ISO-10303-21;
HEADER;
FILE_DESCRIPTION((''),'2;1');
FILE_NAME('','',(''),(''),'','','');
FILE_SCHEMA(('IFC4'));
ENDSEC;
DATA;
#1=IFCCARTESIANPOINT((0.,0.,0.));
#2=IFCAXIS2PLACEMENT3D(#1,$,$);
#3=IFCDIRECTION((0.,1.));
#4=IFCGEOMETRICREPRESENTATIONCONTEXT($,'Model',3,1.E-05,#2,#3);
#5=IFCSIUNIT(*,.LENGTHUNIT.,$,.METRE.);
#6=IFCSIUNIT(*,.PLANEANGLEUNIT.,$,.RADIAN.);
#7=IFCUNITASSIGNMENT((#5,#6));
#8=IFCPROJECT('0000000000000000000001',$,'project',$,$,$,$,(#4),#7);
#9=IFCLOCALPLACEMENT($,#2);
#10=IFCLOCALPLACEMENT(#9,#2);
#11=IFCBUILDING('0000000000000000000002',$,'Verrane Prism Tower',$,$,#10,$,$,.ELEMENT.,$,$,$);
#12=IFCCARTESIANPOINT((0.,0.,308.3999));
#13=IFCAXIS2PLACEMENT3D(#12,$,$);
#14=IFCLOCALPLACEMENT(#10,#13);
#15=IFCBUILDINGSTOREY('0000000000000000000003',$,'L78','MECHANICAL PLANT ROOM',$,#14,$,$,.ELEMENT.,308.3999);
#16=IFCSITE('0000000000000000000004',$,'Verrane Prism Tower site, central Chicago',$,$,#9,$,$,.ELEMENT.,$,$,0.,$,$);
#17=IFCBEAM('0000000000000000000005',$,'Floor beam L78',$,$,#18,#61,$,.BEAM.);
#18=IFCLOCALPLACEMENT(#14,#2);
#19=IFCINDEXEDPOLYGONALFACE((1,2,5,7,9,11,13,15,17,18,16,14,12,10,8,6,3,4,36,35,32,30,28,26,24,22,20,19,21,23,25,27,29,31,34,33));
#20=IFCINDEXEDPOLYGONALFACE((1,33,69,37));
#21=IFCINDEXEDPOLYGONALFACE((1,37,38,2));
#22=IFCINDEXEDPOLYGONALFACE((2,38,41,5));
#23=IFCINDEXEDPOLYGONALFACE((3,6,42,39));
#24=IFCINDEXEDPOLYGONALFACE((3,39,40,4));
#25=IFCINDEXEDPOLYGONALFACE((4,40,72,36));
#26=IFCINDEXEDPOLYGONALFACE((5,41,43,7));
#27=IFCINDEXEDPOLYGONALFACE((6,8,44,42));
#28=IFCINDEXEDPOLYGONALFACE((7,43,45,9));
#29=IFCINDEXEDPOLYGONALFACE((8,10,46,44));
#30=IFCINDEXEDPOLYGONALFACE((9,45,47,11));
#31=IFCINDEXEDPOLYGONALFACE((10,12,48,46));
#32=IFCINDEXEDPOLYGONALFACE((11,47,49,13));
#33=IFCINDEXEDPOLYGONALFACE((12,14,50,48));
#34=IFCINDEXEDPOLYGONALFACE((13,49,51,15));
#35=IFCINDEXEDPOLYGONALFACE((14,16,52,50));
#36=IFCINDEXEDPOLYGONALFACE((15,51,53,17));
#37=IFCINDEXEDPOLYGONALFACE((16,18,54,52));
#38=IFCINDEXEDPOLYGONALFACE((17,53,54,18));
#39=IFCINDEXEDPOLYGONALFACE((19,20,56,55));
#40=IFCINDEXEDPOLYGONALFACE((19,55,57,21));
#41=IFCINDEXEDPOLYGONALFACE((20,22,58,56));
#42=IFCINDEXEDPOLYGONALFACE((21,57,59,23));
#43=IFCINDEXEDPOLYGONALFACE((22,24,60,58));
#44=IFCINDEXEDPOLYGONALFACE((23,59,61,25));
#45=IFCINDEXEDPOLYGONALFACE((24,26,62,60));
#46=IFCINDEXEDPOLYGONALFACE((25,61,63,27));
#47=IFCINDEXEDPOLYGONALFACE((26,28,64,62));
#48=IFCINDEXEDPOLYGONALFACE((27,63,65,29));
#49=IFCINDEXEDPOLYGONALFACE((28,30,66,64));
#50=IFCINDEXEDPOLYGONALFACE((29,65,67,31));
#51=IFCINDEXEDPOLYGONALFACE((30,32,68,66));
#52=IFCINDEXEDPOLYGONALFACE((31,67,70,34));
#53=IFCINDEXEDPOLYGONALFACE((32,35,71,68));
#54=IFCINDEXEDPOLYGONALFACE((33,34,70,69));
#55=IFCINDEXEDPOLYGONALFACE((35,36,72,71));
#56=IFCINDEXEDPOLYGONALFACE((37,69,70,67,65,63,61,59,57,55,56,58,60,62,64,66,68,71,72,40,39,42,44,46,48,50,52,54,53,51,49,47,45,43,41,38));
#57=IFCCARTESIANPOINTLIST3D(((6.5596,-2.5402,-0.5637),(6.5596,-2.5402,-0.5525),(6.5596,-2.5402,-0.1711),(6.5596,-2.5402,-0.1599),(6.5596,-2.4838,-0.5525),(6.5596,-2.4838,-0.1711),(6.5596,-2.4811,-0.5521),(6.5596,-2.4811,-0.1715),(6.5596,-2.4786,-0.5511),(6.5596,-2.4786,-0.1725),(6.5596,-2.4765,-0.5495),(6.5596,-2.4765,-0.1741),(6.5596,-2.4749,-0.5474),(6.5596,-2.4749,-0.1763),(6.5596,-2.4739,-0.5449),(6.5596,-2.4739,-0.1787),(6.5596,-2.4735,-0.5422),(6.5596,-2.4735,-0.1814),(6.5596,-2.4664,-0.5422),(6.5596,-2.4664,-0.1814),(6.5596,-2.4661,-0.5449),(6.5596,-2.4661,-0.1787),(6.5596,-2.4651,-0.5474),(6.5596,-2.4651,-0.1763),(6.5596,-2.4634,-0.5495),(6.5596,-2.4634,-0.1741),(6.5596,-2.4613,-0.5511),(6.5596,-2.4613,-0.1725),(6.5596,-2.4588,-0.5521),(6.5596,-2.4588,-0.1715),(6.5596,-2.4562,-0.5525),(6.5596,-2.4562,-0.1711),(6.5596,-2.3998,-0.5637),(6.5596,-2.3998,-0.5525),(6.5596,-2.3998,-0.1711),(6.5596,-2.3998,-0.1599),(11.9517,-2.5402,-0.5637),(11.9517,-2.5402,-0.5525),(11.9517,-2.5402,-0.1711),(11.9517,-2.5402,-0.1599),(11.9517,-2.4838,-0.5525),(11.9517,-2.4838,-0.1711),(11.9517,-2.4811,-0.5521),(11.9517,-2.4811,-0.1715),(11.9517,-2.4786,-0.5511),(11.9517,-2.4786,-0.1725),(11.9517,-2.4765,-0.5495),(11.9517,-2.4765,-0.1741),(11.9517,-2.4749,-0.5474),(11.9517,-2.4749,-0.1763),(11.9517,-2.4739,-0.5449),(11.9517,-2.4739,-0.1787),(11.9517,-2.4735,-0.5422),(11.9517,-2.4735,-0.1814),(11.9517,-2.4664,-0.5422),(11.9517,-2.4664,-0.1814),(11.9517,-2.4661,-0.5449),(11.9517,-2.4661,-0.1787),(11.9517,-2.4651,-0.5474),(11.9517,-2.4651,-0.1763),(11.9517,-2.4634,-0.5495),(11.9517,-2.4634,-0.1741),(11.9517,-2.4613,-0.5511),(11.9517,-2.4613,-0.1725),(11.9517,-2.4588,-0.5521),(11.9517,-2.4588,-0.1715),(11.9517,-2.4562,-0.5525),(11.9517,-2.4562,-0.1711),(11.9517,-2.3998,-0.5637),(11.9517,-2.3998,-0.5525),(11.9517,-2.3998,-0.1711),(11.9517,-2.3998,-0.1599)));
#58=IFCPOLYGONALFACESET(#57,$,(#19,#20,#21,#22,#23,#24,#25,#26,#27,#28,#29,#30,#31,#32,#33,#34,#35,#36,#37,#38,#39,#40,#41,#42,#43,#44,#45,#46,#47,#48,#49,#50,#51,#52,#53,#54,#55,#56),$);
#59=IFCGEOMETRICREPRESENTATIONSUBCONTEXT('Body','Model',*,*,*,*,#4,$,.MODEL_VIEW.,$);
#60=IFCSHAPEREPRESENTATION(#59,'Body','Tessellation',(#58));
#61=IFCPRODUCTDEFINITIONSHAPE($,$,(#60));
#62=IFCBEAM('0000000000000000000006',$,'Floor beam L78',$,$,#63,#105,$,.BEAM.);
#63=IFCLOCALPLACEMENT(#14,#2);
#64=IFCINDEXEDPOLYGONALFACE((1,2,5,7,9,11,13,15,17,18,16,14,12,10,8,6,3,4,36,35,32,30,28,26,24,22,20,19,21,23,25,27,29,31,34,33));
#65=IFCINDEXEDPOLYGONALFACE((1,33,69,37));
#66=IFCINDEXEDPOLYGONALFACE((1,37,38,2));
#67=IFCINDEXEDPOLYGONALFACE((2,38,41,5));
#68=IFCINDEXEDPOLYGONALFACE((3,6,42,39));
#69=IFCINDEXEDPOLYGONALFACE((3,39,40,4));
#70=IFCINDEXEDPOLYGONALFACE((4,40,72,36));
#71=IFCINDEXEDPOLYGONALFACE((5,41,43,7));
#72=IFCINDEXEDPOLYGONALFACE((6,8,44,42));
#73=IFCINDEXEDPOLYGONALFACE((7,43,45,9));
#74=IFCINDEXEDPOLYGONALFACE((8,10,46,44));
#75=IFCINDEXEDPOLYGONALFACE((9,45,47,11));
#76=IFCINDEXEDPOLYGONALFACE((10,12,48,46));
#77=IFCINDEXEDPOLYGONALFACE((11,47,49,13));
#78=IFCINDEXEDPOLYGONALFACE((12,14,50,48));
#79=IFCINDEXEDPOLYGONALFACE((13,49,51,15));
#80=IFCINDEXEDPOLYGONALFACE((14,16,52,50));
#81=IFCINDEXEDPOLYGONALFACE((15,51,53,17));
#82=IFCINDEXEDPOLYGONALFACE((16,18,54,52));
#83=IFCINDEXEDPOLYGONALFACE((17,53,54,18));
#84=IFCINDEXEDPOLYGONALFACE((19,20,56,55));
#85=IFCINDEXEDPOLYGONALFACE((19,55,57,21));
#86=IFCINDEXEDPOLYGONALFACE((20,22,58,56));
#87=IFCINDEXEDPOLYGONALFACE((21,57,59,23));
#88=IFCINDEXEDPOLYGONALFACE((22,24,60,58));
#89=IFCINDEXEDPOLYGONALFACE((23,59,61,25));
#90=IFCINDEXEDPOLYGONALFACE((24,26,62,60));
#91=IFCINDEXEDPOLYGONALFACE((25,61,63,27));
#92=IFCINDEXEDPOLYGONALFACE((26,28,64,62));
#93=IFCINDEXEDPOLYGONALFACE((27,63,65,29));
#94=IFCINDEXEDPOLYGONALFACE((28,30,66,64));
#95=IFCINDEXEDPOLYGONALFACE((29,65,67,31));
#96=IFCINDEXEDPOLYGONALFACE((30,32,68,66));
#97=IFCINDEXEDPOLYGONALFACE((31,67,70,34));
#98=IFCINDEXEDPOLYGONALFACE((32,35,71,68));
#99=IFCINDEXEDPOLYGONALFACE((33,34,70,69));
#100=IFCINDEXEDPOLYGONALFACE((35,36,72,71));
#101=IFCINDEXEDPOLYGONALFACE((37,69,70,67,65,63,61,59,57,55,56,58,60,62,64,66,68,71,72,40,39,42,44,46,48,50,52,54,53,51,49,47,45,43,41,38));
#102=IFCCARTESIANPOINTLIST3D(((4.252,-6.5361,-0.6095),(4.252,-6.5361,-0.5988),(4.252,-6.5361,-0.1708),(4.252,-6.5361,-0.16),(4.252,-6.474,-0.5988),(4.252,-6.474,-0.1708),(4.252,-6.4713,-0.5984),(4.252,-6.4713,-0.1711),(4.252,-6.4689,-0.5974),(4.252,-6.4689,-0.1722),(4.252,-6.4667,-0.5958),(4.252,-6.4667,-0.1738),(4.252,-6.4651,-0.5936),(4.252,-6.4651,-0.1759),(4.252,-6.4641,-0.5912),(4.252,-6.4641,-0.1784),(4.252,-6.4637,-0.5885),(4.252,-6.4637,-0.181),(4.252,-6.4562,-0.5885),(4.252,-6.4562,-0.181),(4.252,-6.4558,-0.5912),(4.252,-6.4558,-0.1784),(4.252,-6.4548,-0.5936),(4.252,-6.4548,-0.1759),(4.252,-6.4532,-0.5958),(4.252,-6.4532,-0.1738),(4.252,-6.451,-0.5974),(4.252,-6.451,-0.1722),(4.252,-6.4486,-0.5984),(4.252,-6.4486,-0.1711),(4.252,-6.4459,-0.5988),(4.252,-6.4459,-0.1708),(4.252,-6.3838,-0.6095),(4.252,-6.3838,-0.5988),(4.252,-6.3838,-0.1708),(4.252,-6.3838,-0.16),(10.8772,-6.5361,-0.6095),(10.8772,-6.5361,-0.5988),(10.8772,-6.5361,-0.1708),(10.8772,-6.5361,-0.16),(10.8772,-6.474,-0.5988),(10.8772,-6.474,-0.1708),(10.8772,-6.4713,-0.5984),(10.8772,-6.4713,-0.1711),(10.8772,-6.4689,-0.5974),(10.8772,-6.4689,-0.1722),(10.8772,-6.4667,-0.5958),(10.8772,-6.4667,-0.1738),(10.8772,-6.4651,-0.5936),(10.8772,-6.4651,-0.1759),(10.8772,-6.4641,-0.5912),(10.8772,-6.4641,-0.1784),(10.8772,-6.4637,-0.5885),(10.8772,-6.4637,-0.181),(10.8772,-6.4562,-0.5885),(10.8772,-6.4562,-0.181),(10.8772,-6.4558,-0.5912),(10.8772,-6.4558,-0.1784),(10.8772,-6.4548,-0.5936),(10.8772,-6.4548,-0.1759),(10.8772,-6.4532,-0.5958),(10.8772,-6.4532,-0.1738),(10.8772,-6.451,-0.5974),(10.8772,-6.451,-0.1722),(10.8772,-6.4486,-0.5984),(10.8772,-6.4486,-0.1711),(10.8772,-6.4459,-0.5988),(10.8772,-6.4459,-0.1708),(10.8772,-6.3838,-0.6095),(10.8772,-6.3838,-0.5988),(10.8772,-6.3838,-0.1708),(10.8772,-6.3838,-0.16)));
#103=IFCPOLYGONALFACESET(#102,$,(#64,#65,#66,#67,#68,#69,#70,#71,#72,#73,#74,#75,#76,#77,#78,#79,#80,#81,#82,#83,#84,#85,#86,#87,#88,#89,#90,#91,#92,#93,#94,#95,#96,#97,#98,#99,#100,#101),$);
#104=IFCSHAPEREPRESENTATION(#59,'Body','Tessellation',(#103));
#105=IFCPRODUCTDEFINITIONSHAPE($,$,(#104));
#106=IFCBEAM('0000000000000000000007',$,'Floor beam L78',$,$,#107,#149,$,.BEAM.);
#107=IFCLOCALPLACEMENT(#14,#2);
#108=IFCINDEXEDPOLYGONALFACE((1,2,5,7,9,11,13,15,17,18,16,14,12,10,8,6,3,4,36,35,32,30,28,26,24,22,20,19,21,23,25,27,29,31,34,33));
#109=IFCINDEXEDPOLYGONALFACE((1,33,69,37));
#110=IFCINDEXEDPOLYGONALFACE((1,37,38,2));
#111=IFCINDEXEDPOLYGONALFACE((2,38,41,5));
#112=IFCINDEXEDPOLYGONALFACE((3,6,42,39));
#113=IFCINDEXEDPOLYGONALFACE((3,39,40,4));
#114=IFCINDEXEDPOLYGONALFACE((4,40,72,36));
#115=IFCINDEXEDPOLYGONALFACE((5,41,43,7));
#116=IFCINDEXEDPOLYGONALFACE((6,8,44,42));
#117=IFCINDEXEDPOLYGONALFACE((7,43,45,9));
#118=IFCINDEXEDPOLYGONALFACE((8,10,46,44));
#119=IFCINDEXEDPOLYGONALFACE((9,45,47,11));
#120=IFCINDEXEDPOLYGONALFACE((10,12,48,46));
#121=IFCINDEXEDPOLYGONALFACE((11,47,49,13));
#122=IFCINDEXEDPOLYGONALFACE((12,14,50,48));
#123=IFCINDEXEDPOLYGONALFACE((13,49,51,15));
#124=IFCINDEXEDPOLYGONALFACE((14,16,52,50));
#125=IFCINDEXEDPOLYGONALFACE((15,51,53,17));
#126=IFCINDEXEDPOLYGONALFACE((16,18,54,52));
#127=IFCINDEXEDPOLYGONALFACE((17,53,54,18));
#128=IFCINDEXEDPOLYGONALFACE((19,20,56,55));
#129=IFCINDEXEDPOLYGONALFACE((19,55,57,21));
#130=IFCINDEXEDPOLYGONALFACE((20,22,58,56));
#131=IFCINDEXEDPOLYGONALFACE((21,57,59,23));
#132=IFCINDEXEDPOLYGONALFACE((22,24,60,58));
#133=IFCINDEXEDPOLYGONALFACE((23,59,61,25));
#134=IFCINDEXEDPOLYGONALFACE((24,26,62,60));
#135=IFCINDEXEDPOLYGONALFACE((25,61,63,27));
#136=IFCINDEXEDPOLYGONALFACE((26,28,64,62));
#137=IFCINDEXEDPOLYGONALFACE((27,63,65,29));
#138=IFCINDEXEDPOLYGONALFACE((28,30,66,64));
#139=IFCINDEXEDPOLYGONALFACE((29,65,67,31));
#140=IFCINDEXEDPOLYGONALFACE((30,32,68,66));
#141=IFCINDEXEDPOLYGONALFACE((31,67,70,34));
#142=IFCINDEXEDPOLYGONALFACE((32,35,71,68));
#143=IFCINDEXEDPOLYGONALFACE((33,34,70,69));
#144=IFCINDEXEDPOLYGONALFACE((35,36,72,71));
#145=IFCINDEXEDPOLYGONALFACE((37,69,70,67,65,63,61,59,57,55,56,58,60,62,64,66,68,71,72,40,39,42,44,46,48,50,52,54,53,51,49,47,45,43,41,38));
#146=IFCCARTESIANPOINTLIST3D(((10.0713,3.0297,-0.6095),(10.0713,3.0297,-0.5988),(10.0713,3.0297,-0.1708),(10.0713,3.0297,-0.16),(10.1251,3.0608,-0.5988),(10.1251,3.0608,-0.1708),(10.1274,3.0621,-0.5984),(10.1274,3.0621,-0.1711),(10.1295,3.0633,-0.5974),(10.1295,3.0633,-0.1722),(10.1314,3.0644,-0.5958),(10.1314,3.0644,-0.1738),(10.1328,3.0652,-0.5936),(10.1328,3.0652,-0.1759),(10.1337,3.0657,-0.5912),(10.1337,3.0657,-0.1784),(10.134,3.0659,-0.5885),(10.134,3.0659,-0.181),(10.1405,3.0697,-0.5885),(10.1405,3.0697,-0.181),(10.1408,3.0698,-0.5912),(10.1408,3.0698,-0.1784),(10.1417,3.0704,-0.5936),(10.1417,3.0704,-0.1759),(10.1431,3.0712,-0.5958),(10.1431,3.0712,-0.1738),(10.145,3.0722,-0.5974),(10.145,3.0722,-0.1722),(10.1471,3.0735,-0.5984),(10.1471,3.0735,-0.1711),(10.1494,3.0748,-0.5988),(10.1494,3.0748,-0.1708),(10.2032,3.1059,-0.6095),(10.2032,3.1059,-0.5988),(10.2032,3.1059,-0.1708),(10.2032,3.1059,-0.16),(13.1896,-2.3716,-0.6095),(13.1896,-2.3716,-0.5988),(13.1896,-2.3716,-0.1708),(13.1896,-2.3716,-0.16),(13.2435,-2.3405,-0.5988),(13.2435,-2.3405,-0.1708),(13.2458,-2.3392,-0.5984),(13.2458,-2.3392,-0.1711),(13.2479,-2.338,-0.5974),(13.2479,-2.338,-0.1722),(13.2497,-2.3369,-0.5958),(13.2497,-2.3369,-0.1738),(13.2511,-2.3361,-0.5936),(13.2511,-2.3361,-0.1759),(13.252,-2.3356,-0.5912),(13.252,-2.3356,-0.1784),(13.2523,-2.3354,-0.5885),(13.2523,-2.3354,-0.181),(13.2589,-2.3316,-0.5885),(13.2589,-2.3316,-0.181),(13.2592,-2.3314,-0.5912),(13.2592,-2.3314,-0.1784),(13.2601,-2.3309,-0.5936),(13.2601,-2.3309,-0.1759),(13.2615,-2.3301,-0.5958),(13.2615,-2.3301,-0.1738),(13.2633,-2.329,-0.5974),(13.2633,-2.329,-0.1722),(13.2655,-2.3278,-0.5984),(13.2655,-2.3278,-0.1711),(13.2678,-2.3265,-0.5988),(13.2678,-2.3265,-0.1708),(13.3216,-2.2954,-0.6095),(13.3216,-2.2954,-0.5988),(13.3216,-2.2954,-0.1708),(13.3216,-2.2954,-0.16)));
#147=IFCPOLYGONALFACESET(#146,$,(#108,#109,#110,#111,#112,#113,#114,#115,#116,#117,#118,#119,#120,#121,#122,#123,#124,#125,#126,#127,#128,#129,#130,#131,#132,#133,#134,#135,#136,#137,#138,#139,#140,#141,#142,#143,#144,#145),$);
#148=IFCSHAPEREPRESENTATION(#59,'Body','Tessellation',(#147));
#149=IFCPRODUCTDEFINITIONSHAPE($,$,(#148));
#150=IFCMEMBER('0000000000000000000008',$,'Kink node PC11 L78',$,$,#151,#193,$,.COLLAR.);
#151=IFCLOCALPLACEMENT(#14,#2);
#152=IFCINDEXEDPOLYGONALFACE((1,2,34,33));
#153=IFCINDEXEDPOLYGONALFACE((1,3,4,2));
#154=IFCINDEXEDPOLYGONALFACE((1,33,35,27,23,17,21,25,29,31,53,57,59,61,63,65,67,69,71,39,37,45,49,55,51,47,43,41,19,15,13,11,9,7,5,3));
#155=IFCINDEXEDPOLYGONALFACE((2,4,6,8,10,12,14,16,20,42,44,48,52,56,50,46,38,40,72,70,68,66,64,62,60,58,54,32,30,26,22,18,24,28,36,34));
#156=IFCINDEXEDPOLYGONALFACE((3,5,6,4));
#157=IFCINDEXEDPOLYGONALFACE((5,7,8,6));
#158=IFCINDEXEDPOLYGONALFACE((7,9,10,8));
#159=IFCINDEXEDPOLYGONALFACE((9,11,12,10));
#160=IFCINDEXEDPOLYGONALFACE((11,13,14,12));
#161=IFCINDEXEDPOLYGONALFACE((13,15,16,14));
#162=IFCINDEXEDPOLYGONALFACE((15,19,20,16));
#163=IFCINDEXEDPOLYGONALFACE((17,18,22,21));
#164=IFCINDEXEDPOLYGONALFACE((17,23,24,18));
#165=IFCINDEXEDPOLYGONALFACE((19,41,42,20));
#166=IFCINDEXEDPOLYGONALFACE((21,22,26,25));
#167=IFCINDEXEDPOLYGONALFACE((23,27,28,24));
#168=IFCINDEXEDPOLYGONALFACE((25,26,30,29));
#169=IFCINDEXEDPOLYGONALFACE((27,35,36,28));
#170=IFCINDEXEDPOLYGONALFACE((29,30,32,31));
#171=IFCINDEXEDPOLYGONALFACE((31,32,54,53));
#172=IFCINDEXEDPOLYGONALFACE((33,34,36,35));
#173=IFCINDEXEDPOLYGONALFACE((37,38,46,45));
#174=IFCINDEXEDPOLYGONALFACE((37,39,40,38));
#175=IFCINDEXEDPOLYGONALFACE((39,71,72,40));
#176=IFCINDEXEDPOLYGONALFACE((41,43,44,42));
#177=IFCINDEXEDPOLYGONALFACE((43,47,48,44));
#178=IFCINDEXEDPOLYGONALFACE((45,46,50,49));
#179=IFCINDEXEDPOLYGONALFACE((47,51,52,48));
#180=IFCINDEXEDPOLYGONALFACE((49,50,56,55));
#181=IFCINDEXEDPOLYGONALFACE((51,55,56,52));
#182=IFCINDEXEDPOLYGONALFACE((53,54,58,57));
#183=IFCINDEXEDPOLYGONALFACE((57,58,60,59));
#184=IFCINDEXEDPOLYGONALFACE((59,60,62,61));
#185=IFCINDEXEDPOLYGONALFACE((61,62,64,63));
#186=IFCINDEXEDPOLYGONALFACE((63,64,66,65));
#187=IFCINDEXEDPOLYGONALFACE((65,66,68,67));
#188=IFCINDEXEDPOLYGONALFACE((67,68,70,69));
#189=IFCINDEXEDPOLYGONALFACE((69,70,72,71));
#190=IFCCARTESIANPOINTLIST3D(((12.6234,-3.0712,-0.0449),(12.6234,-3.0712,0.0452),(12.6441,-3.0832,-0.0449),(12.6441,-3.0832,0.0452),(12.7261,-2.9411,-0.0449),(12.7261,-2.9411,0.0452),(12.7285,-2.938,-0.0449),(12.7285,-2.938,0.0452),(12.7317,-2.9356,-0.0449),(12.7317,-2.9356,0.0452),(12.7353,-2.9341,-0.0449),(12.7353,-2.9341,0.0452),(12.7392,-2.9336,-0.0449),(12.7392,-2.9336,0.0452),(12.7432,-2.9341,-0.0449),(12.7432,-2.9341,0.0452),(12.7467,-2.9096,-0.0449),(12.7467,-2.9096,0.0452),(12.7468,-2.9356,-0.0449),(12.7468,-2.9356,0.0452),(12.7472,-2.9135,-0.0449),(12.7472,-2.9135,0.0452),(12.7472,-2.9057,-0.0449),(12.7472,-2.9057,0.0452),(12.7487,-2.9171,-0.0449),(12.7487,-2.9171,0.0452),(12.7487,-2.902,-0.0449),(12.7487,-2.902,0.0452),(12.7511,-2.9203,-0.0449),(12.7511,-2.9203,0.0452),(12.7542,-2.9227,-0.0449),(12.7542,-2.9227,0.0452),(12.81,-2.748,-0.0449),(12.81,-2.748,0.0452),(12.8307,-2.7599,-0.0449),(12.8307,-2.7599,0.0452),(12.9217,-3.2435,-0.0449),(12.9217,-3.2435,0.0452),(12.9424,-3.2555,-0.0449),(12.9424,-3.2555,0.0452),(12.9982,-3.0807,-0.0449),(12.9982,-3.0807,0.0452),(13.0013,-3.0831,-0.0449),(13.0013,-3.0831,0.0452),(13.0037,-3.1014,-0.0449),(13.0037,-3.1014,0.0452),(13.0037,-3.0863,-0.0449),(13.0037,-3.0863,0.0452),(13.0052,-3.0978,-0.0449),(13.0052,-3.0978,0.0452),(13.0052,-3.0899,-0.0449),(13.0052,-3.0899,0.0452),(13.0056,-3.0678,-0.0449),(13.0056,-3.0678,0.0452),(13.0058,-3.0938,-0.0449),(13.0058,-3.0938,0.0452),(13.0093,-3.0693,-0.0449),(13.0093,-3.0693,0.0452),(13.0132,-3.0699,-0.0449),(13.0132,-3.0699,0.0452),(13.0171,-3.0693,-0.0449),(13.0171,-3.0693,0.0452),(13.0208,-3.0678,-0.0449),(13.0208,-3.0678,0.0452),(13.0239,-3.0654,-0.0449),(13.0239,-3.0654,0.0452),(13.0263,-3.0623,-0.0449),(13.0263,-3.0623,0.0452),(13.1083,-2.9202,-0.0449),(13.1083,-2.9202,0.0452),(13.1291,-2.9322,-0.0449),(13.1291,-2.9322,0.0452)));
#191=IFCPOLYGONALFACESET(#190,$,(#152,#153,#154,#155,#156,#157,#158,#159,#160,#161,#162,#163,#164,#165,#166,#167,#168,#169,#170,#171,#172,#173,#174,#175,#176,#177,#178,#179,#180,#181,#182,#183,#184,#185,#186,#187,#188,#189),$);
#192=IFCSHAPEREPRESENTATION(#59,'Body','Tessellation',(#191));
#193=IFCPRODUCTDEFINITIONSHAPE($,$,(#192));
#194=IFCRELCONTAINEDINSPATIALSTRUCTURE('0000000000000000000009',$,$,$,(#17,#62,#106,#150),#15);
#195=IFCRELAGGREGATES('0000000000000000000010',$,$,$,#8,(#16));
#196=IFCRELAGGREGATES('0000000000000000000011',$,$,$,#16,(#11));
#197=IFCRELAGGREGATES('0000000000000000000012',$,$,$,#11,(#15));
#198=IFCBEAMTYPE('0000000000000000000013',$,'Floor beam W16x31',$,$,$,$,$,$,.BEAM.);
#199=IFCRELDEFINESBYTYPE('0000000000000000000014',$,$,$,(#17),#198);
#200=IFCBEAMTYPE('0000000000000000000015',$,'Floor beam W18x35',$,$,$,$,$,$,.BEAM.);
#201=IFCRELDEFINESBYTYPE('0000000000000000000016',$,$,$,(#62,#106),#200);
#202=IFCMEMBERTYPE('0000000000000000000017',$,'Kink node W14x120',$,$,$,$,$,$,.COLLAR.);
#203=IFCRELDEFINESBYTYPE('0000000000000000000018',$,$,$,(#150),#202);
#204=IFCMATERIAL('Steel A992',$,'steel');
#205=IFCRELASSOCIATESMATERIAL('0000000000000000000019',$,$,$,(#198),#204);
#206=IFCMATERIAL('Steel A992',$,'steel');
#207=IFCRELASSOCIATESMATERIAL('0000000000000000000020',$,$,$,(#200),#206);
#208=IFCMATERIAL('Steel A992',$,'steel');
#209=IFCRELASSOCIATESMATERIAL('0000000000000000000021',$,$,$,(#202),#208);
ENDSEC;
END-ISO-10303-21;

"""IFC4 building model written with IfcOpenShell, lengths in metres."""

from ifc_helpers import new_model, si_unit, direction, frame, origin, origin_2d, place, context, subcontext, project, spatial, i_section, extrude, material, material_profile, profile_set, type_object, element, save


model = new_model("IFC4")

# Units and contexts
model_context = context("Model", 3, precision=1e-05, world=origin(), true_north=direction((0.0, 1.0)))
body_context = subcontext(model_context, "Body", "Model", "MODEL_VIEW")
ifc_project = project(units=[si_unit("LENGTHUNIT", "METRE"), si_unit("PLANEANGLEUNIT", "RADIAN")], contexts=[model_context])

# Site, building, storey
site_placement = place(None, origin())
site = spatial("IfcSite", under=ifc_project, at=site_placement, Name="Verrane Prism Tower site, central Chicago", CompositionType="ELEMENT", RefElevation=0.0)
building_placement = place(site_placement, origin())
building = spatial("IfcBuilding", under=site, at=building_placement, Name="Verrane Prism Tower", CompositionType="ELEMENT")
storey_placement = place(building_placement, frame((0.0, 0.0, 308.3999)))
storey = spatial("IfcBuildingStorey", under=building, at=storey_placement, Name="L78", Description="MECHANICAL PLANT ROOM", CompositionType="ELEMENT", Elevation=308.3999)

# Beams
ifc_material_1 = material(Name="Steel A992", Category="steel")
ifc_material_profile_1 = material_profile(ifc_material_1, i_section(OverallWidth=0.1404, OverallDepth=0.4038, WebThickness=0.0071, FlangeThickness=0.0112, FilletRadius=0.0103, at=origin_2d()), Name="W16x31")
ifc_profile_set_1 = profile_set([ifc_material_profile_1], Name="Steel A992")
beam_type_1 = type_object("IfcBeamType", Name="Floor beam W16x31", PredefinedType="BEAM", material=ifc_profile_set_1)
beam_1_placement = place(storey_placement, frame((6.5596, -2.47, -0.3618), z_axis=(1.0, 0.0, 0.0), x_axis=(0.0, 1.0, 0.0)))
element("IfcBeam", 1, at=beam_1_placement, inside=storey, type_object=beam_type_1, Name="Floor beam L78", PredefinedType="BEAM", context=body_context, shape_type="SweptSolid", body=[
    extrude(i_section(OverallWidth=0.1404, OverallDepth=0.4038, WebThickness=0.0071, FlangeThickness=0.0112, FilletRadius=0.0103, at=origin_2d()), origin(), (0.0, 0.0, 1.0), 5.3921),
])
ifc_material_2 = material(Name="Steel A992", Category="steel")
ifc_material_profile_2 = material_profile(ifc_material_2, i_section(OverallWidth=0.1523, OverallDepth=0.4495, WebThickness=0.0076, FlangeThickness=0.0107, FilletRadius=0.0103, at=origin_2d()), Name="W18x35")
ifc_profile_set_2 = profile_set([ifc_material_profile_2], Name="Steel A992")
beam_type_2 = type_object("IfcBeamType", Name="Floor beam W18x35", PredefinedType="BEAM", material=ifc_profile_set_2)
beam_2_placement = place(storey_placement, frame((4.252, -6.46, -0.3848), z_axis=(1.0, 0.0, 0.0), x_axis=(0.0, 1.0, 0.0)))
element("IfcBeam", 2, at=beam_2_placement, inside=storey, type_object=beam_type_2, Name="Floor beam L78", PredefinedType="BEAM", context=body_context, shape_type="SweptSolid", body=[
    extrude(i_section(OverallWidth=0.1523, OverallDepth=0.4495, WebThickness=0.0076, FlangeThickness=0.0107, FilletRadius=0.0103, at=origin_2d()), origin(), (0.0, 0.0, 1.0), 6.6252),
])
beam_3_placement = place(storey_placement, frame((13.2556, -2.3335, -0.3848), z_axis=(-0.499991, 0.86603, 0.0), x_axis=(-0.86603, -0.499991, 0.0)))
element("IfcBeam", 3, at=beam_3_placement, inside=storey, type_object=beam_type_2, Name="Floor beam L78", PredefinedType="BEAM", context=body_context, shape_type="SweptSolid", body=[
    extrude(i_section(OverallWidth=0.1523, OverallDepth=0.4495, WebThickness=0.0076, FlangeThickness=0.0107, FilletRadius=0.0103, at=origin_2d()), origin(), (0.0, 0.0, 1.0), 6.2368),
])

# Member
ifc_material_3 = material(Name="Steel A992", Category="steel")
ifc_material_profile_3 = material_profile(ifc_material_3, i_section(OverallWidth=0.3733, OverallDepth=0.3684, WebThickness=0.0149, FlangeThickness=0.0239, FilletRadius=0.0151, at=origin_2d()), Name="W14x120")
ifc_profile_set_3 = profile_set([ifc_material_profile_3], Name="Steel A992")
member_type_1 = type_object("IfcMemberType", Name="Kink node W14x120", PredefinedType="COLLAR", material=ifc_profile_set_3)
member_1_placement = place(storey_placement, frame((12.8762, -3.0017, -0.0449), z_axis=(0.0, 0.0, 1.0), x_axis=(-0.5, -0.866025, 0.0)))
element("IfcMember", 4, at=member_1_placement, inside=storey, type_object=member_type_1, Name="Kink node PC11 L78", PredefinedType="COLLAR", context=body_context, shape_type="SweptSolid", body=[
    extrude(i_section(OverallWidth=0.3733, OverallDepth=0.3684, WebThickness=0.0149, FlangeThickness=0.0239, FilletRadius=0.0151, at=origin_2d()), origin(), (0.0, 0.0, 1.0), 0.0901),
])

save(model, "model.ifc")
